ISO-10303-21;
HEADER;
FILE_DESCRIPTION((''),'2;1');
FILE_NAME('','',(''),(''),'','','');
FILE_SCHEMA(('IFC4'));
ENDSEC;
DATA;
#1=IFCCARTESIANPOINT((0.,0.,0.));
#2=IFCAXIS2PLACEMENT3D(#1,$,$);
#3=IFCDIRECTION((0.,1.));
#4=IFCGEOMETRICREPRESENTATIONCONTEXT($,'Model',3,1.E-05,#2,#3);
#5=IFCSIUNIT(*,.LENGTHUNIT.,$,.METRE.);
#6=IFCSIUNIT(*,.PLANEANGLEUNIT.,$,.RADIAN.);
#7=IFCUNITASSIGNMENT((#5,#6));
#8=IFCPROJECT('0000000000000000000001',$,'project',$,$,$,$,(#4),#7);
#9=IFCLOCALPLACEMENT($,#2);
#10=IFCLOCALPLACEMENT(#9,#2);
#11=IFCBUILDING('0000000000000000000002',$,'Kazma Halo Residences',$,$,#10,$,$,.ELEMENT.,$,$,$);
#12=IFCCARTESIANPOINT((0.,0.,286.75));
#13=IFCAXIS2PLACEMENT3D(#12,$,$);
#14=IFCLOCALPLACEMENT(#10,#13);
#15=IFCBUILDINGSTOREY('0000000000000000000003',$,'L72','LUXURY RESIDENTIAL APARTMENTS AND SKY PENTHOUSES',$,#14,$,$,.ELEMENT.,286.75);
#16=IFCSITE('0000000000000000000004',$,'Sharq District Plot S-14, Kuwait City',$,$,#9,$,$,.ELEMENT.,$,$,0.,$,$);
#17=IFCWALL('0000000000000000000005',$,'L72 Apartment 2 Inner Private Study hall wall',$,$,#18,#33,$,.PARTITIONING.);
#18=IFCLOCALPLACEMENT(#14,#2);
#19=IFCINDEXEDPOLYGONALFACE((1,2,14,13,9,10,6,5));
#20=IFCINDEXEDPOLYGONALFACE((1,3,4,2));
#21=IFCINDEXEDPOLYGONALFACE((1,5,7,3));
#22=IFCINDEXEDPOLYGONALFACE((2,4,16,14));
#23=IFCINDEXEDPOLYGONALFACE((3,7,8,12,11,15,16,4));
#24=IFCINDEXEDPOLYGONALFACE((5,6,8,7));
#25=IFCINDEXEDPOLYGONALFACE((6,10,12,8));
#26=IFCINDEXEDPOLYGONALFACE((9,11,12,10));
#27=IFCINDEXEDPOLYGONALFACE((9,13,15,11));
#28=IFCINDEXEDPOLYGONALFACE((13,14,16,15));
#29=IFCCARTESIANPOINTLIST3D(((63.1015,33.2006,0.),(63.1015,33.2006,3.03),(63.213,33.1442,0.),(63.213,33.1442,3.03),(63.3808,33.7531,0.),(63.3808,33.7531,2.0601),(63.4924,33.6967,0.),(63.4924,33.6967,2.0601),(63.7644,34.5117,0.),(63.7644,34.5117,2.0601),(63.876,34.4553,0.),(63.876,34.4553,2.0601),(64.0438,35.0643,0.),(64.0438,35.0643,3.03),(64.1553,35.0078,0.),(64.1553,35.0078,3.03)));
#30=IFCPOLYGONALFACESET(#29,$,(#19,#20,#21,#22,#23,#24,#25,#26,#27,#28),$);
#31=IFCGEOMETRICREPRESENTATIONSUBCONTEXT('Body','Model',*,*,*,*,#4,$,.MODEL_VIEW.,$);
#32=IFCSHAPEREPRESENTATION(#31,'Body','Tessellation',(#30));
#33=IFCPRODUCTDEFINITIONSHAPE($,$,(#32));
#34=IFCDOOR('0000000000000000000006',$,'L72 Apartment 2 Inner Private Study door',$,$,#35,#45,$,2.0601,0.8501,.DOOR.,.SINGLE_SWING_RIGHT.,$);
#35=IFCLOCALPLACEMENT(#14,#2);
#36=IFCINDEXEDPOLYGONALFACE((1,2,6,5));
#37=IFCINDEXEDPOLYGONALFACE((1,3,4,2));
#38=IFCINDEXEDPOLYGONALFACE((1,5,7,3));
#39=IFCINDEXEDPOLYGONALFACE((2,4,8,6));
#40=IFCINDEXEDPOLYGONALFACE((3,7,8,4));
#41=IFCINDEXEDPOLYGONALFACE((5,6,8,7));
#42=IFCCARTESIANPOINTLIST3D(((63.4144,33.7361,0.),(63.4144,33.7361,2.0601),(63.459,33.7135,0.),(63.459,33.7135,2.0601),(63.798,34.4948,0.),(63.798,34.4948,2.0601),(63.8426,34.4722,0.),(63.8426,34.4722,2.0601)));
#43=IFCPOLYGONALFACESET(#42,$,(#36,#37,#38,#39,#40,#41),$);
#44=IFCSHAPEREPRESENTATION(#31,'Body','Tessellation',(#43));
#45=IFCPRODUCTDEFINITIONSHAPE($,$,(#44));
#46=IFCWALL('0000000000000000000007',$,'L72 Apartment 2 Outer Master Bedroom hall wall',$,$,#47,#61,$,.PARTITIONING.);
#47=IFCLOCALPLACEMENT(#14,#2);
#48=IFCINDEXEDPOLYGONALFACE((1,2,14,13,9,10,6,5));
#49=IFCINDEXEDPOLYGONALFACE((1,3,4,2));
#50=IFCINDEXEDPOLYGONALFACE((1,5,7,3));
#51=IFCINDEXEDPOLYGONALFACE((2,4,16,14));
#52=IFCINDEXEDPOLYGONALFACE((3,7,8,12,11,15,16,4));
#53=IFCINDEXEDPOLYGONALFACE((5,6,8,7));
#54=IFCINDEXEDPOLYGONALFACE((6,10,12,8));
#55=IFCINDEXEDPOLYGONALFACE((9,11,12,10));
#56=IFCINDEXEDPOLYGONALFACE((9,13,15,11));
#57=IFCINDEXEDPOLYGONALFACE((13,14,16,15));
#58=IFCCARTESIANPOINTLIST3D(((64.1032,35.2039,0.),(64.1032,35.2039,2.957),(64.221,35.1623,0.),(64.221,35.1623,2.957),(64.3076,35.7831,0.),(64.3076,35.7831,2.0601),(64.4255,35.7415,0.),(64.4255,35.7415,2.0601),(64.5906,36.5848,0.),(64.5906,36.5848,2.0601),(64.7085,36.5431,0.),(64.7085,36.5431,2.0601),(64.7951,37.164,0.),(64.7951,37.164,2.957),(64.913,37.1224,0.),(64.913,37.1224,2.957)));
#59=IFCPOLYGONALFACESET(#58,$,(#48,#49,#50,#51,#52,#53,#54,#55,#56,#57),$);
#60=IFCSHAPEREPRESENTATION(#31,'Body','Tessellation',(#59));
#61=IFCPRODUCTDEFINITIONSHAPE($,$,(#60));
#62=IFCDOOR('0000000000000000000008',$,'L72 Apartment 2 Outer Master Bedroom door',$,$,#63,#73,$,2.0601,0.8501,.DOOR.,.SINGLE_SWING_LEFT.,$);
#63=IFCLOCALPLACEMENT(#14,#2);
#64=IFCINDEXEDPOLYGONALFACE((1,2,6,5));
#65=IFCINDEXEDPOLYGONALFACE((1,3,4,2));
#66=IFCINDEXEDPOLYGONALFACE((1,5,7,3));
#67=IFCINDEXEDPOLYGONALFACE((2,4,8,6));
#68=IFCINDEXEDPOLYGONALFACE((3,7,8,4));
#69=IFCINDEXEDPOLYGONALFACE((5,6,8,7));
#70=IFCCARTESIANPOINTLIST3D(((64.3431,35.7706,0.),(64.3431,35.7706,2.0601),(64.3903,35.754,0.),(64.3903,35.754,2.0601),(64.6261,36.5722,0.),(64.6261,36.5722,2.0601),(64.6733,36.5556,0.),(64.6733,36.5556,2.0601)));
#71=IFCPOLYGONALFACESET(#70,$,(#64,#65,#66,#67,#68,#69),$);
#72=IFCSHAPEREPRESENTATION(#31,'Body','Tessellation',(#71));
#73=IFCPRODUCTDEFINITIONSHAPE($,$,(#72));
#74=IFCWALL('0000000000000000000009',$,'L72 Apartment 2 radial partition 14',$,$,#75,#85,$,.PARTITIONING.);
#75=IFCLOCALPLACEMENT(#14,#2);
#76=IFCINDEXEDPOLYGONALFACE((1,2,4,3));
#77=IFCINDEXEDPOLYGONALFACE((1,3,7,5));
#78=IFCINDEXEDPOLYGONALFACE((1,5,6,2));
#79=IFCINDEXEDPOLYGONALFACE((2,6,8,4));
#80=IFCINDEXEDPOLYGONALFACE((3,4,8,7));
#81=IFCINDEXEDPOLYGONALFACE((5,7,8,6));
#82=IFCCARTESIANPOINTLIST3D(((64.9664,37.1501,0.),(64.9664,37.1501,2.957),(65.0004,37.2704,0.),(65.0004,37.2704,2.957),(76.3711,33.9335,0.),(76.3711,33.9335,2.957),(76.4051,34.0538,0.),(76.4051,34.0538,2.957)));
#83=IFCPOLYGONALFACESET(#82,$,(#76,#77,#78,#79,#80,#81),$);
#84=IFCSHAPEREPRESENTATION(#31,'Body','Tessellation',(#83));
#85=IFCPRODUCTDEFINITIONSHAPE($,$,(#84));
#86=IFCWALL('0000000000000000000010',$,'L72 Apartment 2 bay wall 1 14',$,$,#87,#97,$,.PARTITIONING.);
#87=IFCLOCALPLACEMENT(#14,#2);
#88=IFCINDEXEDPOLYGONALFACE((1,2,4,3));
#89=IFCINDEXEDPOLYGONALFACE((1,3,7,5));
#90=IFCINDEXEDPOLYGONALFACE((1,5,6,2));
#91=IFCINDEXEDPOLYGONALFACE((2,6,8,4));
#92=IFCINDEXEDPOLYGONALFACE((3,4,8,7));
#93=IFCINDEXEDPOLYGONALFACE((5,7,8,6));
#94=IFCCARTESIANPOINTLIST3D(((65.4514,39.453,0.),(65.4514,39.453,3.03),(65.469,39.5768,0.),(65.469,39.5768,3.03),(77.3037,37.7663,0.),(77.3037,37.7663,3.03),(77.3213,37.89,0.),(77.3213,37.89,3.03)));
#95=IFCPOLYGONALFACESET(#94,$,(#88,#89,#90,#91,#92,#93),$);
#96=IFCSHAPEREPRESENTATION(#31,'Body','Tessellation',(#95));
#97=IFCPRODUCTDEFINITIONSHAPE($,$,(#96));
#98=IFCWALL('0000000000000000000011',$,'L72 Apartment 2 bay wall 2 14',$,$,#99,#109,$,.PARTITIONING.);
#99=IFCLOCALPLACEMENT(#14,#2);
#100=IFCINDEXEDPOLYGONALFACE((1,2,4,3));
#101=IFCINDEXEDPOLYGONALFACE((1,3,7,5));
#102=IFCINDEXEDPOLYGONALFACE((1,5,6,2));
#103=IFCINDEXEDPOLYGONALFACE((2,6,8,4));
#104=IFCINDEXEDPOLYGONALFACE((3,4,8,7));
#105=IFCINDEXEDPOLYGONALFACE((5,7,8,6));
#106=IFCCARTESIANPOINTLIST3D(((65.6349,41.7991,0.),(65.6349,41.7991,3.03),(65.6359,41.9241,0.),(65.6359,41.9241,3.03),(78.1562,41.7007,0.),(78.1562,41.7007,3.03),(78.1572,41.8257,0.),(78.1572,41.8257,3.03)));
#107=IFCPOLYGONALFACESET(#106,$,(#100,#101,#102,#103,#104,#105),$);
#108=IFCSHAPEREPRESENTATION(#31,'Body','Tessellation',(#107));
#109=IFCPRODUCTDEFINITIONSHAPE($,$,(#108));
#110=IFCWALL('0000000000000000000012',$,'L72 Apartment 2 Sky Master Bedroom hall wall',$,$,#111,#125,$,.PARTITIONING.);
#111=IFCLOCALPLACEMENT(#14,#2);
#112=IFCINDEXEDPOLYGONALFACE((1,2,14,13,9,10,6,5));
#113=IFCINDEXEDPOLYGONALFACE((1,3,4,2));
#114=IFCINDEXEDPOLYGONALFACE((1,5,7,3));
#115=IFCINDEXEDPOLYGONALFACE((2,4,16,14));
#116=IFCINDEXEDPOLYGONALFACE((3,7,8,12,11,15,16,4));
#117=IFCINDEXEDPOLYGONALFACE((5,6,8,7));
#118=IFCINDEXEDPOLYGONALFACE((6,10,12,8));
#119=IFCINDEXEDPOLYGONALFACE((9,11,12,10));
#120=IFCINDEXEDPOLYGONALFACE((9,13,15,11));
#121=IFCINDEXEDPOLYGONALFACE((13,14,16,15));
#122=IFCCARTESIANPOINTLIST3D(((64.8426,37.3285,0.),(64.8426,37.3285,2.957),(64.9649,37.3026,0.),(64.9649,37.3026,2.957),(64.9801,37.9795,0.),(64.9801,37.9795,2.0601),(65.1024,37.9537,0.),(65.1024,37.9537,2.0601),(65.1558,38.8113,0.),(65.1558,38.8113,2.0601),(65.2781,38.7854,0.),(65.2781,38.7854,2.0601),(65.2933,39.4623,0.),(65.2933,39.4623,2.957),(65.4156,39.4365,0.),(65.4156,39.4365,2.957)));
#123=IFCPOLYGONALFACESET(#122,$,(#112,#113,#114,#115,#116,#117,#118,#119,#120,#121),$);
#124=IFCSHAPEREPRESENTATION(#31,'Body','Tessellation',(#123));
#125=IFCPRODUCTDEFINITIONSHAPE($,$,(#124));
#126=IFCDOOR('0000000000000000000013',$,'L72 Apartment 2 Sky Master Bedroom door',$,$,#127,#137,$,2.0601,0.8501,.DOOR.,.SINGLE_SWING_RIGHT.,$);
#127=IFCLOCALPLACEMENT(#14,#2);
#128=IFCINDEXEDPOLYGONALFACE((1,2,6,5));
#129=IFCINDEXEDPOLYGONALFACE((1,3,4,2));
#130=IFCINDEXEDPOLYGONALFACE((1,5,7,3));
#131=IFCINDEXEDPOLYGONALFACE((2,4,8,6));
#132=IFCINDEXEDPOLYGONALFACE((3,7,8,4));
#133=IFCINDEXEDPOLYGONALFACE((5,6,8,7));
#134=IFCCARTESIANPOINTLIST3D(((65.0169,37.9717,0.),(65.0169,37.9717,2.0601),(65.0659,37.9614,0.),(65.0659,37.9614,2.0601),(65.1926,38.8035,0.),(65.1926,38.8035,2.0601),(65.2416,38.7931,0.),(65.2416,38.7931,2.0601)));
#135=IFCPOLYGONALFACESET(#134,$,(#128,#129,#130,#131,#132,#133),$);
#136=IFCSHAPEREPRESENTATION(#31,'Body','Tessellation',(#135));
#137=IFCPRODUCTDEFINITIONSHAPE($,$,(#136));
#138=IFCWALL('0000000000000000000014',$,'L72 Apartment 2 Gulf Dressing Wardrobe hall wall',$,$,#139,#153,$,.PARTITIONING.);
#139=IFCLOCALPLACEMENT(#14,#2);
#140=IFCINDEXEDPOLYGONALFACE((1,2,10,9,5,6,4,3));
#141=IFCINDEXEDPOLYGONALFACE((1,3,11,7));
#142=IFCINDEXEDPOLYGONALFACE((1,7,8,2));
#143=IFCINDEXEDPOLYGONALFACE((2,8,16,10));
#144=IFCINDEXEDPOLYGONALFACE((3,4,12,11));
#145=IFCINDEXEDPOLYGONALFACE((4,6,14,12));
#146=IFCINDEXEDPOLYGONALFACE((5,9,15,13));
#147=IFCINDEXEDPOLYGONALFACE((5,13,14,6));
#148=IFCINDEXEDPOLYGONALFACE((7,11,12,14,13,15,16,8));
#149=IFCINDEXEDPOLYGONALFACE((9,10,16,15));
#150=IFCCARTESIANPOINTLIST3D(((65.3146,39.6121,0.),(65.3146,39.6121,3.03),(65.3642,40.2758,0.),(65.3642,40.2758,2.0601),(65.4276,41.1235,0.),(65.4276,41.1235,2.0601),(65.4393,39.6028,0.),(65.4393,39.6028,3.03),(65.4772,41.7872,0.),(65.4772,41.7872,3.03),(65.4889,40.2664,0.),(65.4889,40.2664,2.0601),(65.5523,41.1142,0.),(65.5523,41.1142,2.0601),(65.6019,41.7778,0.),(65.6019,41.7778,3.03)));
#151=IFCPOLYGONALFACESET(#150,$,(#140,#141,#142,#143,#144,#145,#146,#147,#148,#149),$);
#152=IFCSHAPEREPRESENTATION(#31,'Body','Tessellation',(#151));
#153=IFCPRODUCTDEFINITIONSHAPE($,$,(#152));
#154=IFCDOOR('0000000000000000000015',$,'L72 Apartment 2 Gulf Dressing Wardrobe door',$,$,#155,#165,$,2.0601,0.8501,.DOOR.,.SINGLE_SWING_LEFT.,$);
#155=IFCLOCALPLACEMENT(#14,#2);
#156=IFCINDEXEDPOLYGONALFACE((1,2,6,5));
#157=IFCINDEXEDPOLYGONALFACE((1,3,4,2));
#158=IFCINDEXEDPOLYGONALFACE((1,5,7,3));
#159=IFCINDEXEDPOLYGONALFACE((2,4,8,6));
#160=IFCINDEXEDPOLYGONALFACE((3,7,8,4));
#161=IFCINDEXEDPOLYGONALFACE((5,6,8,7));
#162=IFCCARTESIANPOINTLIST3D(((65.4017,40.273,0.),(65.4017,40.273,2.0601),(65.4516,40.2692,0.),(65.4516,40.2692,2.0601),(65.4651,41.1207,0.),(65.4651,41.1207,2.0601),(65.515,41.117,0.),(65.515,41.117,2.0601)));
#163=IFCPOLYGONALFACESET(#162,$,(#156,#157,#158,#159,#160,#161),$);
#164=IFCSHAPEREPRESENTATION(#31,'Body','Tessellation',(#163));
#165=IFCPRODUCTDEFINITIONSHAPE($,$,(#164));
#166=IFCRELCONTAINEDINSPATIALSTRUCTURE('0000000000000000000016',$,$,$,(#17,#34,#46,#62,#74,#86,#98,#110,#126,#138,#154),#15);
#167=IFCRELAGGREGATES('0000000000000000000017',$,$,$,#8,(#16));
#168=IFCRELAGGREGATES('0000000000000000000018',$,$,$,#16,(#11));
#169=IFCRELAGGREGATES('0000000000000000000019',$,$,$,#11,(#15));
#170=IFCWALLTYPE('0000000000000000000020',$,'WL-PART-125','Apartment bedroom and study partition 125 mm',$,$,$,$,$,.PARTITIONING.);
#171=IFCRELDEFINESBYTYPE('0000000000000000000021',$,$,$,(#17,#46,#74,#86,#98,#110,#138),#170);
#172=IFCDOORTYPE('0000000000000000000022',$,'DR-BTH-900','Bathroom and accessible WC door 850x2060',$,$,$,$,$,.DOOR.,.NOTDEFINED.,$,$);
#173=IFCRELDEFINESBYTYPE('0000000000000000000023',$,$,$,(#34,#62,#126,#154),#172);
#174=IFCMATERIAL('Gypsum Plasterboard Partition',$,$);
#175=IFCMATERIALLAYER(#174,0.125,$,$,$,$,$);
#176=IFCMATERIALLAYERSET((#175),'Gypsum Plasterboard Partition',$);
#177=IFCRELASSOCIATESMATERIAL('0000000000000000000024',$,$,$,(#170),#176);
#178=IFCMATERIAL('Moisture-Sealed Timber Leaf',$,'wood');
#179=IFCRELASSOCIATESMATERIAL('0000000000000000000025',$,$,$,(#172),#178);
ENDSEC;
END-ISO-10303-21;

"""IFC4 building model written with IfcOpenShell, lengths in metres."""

from ifc_helpers import new_model, si_unit, direction, frame, frame_2d, origin, place, context, subcontext, project, spatial, rectangle, extrude, material, layer, layer_set, type_object, element, fill, save


model = new_model("IFC4")

# Units and contexts
model_context = context("Model", 3, precision=1e-05, world=origin(), true_north=direction((0.0, 1.0)))
body_context = subcontext(model_context, "Body", "Model", "MODEL_VIEW")
ifc_project = project(units=[si_unit("LENGTHUNIT", "METRE"), si_unit("PLANEANGLEUNIT", "RADIAN")], contexts=[model_context])

# Site, building, storey
site_placement = place(None, origin())
site = spatial("IfcSite", under=ifc_project, at=site_placement, Name="Sharq District Plot S-14, Kuwait City", CompositionType="ELEMENT", RefElevation=0.0)
building_placement = place(site_placement, origin())
building = spatial("IfcBuilding", under=site, at=building_placement, Name="Kazma Halo Residences", CompositionType="ELEMENT")
storey_placement = place(building_placement, frame((0.0, 0.0, 286.75)))
storey = spatial("IfcBuildingStorey", under=building, at=storey_placement, Name="L72", Description="LUXURY RESIDENTIAL APARTMENTS AND SKY PENTHOUSES", CompositionType="ELEMENT", Elevation=286.75)

# Shared definitions
ifc_material_1 = material(Name="Gypsum Plasterboard Partition")
ifc_layer_1 = layer(ifc_material_1, 0.125)
ifc_layer_set_1 = layer_set([ifc_layer_1], Name="Gypsum Plasterboard Partition")
wall_type_1 = type_object("IfcWallType", Name="WL-PART-125", Description="Apartment bedroom and study partition 125 mm", PredefinedType="PARTITIONING", material=ifc_layer_set_1)

# Walls, openings, doors
wall_1_placement = place(storey_placement, frame((63.1572, 33.1724, 0.0), z_axis=(0.0, 0.0, 1.0), x_axis=(0.45123, 0.892407, 0.0)))
wall_1 = element("IfcWall", 1, at=wall_1_placement, inside=storey, type_object=wall_type_1, Name="L72 Apartment 2 Inner Private Study hall wall", PredefinedType="PARTITIONING", context=body_context, shape_type="SweptSolid", body=[
    extrude(rectangle(XDim=2.0884, YDim=0.125, at=frame_2d((1.0442, 0.0))), origin(), (0.0, 0.0, 1.0), 3.03),
])
opening_1_placement = place(wall_1_placement, frame((0.6191, 0.0, 0.0)))
opening_1 = element("IfcOpeningElement", 2, at=opening_1_placement, cuts=wall_1, PredefinedType="OPENING", context=body_context, shape_type="SweptSolid", body=[
    extrude(rectangle(XDim=0.8501, YDim=2.0601, at=frame_2d((0.425, 1.03))), frame((0.0, 0.0725, 0.0), z_axis=(0.0, -1.0, 0.0), x_axis=(1.0, 0.0, 0.0)), (0.0, 0.0, 1.0), 0.145),
])
ifc_material_2 = material(Name="Moisture-Sealed Timber Leaf", Category="wood")
door_type = type_object("IfcDoorType", Name="DR-BTH-900", Description="Bathroom and accessible WC door 850x2060", OperationType="NOTDEFINED", PredefinedType="DOOR", material=ifc_material_2)
door_1_placement = place(opening_1_placement, origin())
door_1 = element("IfcDoor", 3, at=door_1_placement, inside=storey, type_object=door_type, Name="L72 Apartment 2 Inner Private Study door", OperationType="SINGLE_SWING_RIGHT", OverallHeight=2.0601, OverallWidth=0.8501, PredefinedType="DOOR", context=body_context, shape_type="SweptSolid", body=[
    extrude(rectangle(XDim=0.8501, YDim=2.0601, at=frame_2d((0.425, 1.03))), frame((0.0, 0.0249, 0.0), z_axis=(0.0, -1.0, 0.0), x_axis=(1.0, 0.0, 0.0)), (0.0, 0.0, 1.0), 0.05),
])
fill(opening_1, door_1)
wall_2_placement = place(storey_placement, frame((64.1621, 35.1831, 0.0), z_axis=(0.0, 0.0, 1.0), x_axis=(0.332882, 0.942969, 0.0)))
wall_2 = element("IfcWall", 4, at=wall_2_placement, inside=storey, type_object=wall_type_1, Name="L72 Apartment 2 Outer Master Bedroom hall wall", PredefinedType="PARTITIONING", context=body_context, shape_type="SweptSolid", body=[
    extrude(rectangle(XDim=2.0786, YDim=0.125, at=frame_2d((1.0393, 0.0))), origin(), (0.0, 0.0, 1.0), 2.957),
])
opening_2_placement = place(wall_2_placement, frame((0.6143, 0.0, 0.0)))
opening_2 = element("IfcOpeningElement", 5, at=opening_2_placement, cuts=wall_2, PredefinedType="OPENING", context=body_context, shape_type="SweptSolid", body=[
    extrude(rectangle(XDim=0.8501, YDim=2.0601, at=frame_2d((0.425, 1.03))), frame((0.0, 0.0725, 0.0), z_axis=(0.0, -1.0, 0.0), x_axis=(1.0, 0.0, 0.0)), (0.0, 0.0, 1.0), 0.145),
])
door_2_placement = place(opening_2_placement, origin())
door_2 = element("IfcDoor", 6, at=door_2_placement, inside=storey, type_object=door_type, Name="L72 Apartment 2 Outer Master Bedroom door", OperationType="SINGLE_SWING_LEFT", OverallHeight=2.0601, OverallWidth=0.8501, PredefinedType="DOOR", context=body_context, shape_type="SweptSolid", body=[
    extrude(rectangle(XDim=0.8501, YDim=2.0601, at=frame_2d((0.425, 1.03))), frame((0.0, 0.0249, 0.0), z_axis=(0.0, -1.0, 0.0), x_axis=(1.0, 0.0, 0.0)), (0.0, 0.0, 1.0), 0.05),
])
fill(opening_2, door_2)

# Walls
wall_3_placement = place(storey_placement, frame((64.9834, 37.2102, 0.0), z_axis=(0.0, 0.0, 1.0), x_axis=(0.962454, -0.271446, 0.0)))
element("IfcWall", 7, at=wall_3_placement, inside=storey, type_object=wall_type_1, Name="L72 Apartment 2 radial partition 14", PredefinedType="PARTITIONING", context=body_context, shape_type="SweptSolid", body=[
    extrude(rectangle(XDim=11.8496, YDim=0.125, at=frame_2d((5.9248, 0.0))), origin(), (0.0, 0.0, 1.0), 2.957),
])
wall_4_placement = place(storey_placement, frame((65.4602, 39.5149, 0.0), z_axis=(0.0, 0.0, 1.0), x_axis=(0.990024, -0.140896, 0.0)))
element("IfcWall", 8, at=wall_4_placement, inside=storey, type_object=wall_type_1, Name="L72 Apartment 2 bay wall 1 14", PredefinedType="PARTITIONING", context=body_context, shape_type="SweptSolid", body=[
    extrude(rectangle(XDim=11.9717, YDim=0.125, at=frame_2d((5.9858, 0.0))), origin(), (0.0, 0.0, 1.0), 3.03),
])
wall_5_placement = place(storey_placement, frame((65.6355, 41.8616, 0.0), z_axis=(0.0, 0.0, 1.0), x_axis=(0.999969, -0.007857, 0.0)))
element("IfcWall", 9, at=wall_5_placement, inside=storey, type_object=wall_type_1, Name="L72 Apartment 2 bay wall 2 14", PredefinedType="PARTITIONING", context=body_context, shape_type="SweptSolid", body=[
    extrude(rectangle(XDim=12.5217, YDim=0.125, at=frame_2d((6.2607, 0.0))), origin(), (0.0, 0.0, 1.0), 3.03),
])

# Walls, openings, doors
wall_6_placement = place(storey_placement, frame((64.9038, 37.3157, 0.0), z_axis=(0.0, 0.0, 1.0), x_axis=(0.206654, 0.978414, 0.0)))
wall_6 = element("IfcWall", 10, at=wall_6_placement, inside=storey, type_object=wall_type_1, Name="L72 Apartment 2 Sky Master Bedroom hall wall", PredefinedType="PARTITIONING", context=body_context, shape_type="SweptSolid", body=[
    extrude(rectangle(XDim=2.1809, YDim=0.125, at=frame_2d((1.0903, 0.0))), origin(), (0.0, 0.0, 1.0), 2.957),
])
opening_3_placement = place(wall_6_placement, frame((0.6653, 0.0, 0.0)))
opening_3 = element("IfcOpeningElement", 11, at=opening_3_placement, cuts=wall_6, PredefinedType="OPENING", context=body_context, shape_type="SweptSolid", body=[
    extrude(rectangle(XDim=0.8501, YDim=2.0601, at=frame_2d((0.425, 1.03))), frame((0.0, 0.0725, 0.0), z_axis=(0.0, -1.0, 0.0), x_axis=(1.0, 0.0, 0.0)), (0.0, 0.0, 1.0), 0.145),
])
door_3_placement = place(opening_3_placement, origin())
door_3 = element("IfcDoor", 12, at=door_3_placement, inside=storey, type_object=door_type, Name="L72 Apartment 2 Sky Master Bedroom door", OperationType="SINGLE_SWING_RIGHT", OverallHeight=2.0601, OverallWidth=0.8501, PredefinedType="DOOR", context=body_context, shape_type="SweptSolid", body=[
    extrude(rectangle(XDim=0.8501, YDim=2.0601, at=frame_2d((0.425, 1.03))), frame((0.0, 0.0249, 0.0), z_axis=(0.0, -1.0, 0.0), x_axis=(1.0, 0.0, 0.0)), (0.0, 0.0, 1.0), 0.05),
])
fill(opening_3, door_3)
wall_7_placement = place(storey_placement, frame((65.377, 39.6074, 0.0), z_axis=(0.0, 0.0, 1.0), x_axis=(0.074548, 0.997217, 0.0)))
wall_7 = element("IfcWall", 13, at=wall_7_placement, inside=storey, type_object=wall_type_1, Name="L72 Apartment 2 Gulf Dressing Wardrobe hall wall", PredefinedType="PARTITIONING", context=body_context, shape_type="SweptSolid", body=[
    extrude(rectangle(XDim=2.1812, YDim=0.125, at=frame_2d((1.0906, 0.0))), origin(), (0.0, 0.0, 1.0), 3.03),
])
opening_4_placement = place(wall_7_placement, frame((0.6655, 0.0, 0.0)))
opening_4 = element("IfcOpeningElement", 14, at=opening_4_placement, cuts=wall_7, PredefinedType="OPENING", context=body_context, shape_type="SweptSolid", body=[
    extrude(rectangle(XDim=0.8501, YDim=2.0601, at=frame_2d((0.425, 1.03))), frame((0.0, 0.0725, 0.0), z_axis=(0.0, -1.0, 0.0), x_axis=(1.0, 0.0, 0.0)), (0.0, 0.0, 1.0), 0.145),
])
door_4_placement = place(opening_4_placement, origin())
door_4 = element("IfcDoor", 15, at=door_4_placement, inside=storey, type_object=door_type, Name="L72 Apartment 2 Gulf Dressing Wardrobe door", OperationType="SINGLE_SWING_LEFT", OverallHeight=2.0601, OverallWidth=0.8501, PredefinedType="DOOR", context=body_context, shape_type="SweptSolid", body=[
    extrude(rectangle(XDim=0.8501, YDim=2.0601, at=frame_2d((0.425, 1.03))), frame((0.0, 0.0249, 0.0), z_axis=(0.0, -1.0, 0.0), x_axis=(1.0, 0.0, 0.0)), (0.0, 0.0, 1.0), 0.05),
])
fill(opening_4, door_4)

save(model, "model.ifc")
